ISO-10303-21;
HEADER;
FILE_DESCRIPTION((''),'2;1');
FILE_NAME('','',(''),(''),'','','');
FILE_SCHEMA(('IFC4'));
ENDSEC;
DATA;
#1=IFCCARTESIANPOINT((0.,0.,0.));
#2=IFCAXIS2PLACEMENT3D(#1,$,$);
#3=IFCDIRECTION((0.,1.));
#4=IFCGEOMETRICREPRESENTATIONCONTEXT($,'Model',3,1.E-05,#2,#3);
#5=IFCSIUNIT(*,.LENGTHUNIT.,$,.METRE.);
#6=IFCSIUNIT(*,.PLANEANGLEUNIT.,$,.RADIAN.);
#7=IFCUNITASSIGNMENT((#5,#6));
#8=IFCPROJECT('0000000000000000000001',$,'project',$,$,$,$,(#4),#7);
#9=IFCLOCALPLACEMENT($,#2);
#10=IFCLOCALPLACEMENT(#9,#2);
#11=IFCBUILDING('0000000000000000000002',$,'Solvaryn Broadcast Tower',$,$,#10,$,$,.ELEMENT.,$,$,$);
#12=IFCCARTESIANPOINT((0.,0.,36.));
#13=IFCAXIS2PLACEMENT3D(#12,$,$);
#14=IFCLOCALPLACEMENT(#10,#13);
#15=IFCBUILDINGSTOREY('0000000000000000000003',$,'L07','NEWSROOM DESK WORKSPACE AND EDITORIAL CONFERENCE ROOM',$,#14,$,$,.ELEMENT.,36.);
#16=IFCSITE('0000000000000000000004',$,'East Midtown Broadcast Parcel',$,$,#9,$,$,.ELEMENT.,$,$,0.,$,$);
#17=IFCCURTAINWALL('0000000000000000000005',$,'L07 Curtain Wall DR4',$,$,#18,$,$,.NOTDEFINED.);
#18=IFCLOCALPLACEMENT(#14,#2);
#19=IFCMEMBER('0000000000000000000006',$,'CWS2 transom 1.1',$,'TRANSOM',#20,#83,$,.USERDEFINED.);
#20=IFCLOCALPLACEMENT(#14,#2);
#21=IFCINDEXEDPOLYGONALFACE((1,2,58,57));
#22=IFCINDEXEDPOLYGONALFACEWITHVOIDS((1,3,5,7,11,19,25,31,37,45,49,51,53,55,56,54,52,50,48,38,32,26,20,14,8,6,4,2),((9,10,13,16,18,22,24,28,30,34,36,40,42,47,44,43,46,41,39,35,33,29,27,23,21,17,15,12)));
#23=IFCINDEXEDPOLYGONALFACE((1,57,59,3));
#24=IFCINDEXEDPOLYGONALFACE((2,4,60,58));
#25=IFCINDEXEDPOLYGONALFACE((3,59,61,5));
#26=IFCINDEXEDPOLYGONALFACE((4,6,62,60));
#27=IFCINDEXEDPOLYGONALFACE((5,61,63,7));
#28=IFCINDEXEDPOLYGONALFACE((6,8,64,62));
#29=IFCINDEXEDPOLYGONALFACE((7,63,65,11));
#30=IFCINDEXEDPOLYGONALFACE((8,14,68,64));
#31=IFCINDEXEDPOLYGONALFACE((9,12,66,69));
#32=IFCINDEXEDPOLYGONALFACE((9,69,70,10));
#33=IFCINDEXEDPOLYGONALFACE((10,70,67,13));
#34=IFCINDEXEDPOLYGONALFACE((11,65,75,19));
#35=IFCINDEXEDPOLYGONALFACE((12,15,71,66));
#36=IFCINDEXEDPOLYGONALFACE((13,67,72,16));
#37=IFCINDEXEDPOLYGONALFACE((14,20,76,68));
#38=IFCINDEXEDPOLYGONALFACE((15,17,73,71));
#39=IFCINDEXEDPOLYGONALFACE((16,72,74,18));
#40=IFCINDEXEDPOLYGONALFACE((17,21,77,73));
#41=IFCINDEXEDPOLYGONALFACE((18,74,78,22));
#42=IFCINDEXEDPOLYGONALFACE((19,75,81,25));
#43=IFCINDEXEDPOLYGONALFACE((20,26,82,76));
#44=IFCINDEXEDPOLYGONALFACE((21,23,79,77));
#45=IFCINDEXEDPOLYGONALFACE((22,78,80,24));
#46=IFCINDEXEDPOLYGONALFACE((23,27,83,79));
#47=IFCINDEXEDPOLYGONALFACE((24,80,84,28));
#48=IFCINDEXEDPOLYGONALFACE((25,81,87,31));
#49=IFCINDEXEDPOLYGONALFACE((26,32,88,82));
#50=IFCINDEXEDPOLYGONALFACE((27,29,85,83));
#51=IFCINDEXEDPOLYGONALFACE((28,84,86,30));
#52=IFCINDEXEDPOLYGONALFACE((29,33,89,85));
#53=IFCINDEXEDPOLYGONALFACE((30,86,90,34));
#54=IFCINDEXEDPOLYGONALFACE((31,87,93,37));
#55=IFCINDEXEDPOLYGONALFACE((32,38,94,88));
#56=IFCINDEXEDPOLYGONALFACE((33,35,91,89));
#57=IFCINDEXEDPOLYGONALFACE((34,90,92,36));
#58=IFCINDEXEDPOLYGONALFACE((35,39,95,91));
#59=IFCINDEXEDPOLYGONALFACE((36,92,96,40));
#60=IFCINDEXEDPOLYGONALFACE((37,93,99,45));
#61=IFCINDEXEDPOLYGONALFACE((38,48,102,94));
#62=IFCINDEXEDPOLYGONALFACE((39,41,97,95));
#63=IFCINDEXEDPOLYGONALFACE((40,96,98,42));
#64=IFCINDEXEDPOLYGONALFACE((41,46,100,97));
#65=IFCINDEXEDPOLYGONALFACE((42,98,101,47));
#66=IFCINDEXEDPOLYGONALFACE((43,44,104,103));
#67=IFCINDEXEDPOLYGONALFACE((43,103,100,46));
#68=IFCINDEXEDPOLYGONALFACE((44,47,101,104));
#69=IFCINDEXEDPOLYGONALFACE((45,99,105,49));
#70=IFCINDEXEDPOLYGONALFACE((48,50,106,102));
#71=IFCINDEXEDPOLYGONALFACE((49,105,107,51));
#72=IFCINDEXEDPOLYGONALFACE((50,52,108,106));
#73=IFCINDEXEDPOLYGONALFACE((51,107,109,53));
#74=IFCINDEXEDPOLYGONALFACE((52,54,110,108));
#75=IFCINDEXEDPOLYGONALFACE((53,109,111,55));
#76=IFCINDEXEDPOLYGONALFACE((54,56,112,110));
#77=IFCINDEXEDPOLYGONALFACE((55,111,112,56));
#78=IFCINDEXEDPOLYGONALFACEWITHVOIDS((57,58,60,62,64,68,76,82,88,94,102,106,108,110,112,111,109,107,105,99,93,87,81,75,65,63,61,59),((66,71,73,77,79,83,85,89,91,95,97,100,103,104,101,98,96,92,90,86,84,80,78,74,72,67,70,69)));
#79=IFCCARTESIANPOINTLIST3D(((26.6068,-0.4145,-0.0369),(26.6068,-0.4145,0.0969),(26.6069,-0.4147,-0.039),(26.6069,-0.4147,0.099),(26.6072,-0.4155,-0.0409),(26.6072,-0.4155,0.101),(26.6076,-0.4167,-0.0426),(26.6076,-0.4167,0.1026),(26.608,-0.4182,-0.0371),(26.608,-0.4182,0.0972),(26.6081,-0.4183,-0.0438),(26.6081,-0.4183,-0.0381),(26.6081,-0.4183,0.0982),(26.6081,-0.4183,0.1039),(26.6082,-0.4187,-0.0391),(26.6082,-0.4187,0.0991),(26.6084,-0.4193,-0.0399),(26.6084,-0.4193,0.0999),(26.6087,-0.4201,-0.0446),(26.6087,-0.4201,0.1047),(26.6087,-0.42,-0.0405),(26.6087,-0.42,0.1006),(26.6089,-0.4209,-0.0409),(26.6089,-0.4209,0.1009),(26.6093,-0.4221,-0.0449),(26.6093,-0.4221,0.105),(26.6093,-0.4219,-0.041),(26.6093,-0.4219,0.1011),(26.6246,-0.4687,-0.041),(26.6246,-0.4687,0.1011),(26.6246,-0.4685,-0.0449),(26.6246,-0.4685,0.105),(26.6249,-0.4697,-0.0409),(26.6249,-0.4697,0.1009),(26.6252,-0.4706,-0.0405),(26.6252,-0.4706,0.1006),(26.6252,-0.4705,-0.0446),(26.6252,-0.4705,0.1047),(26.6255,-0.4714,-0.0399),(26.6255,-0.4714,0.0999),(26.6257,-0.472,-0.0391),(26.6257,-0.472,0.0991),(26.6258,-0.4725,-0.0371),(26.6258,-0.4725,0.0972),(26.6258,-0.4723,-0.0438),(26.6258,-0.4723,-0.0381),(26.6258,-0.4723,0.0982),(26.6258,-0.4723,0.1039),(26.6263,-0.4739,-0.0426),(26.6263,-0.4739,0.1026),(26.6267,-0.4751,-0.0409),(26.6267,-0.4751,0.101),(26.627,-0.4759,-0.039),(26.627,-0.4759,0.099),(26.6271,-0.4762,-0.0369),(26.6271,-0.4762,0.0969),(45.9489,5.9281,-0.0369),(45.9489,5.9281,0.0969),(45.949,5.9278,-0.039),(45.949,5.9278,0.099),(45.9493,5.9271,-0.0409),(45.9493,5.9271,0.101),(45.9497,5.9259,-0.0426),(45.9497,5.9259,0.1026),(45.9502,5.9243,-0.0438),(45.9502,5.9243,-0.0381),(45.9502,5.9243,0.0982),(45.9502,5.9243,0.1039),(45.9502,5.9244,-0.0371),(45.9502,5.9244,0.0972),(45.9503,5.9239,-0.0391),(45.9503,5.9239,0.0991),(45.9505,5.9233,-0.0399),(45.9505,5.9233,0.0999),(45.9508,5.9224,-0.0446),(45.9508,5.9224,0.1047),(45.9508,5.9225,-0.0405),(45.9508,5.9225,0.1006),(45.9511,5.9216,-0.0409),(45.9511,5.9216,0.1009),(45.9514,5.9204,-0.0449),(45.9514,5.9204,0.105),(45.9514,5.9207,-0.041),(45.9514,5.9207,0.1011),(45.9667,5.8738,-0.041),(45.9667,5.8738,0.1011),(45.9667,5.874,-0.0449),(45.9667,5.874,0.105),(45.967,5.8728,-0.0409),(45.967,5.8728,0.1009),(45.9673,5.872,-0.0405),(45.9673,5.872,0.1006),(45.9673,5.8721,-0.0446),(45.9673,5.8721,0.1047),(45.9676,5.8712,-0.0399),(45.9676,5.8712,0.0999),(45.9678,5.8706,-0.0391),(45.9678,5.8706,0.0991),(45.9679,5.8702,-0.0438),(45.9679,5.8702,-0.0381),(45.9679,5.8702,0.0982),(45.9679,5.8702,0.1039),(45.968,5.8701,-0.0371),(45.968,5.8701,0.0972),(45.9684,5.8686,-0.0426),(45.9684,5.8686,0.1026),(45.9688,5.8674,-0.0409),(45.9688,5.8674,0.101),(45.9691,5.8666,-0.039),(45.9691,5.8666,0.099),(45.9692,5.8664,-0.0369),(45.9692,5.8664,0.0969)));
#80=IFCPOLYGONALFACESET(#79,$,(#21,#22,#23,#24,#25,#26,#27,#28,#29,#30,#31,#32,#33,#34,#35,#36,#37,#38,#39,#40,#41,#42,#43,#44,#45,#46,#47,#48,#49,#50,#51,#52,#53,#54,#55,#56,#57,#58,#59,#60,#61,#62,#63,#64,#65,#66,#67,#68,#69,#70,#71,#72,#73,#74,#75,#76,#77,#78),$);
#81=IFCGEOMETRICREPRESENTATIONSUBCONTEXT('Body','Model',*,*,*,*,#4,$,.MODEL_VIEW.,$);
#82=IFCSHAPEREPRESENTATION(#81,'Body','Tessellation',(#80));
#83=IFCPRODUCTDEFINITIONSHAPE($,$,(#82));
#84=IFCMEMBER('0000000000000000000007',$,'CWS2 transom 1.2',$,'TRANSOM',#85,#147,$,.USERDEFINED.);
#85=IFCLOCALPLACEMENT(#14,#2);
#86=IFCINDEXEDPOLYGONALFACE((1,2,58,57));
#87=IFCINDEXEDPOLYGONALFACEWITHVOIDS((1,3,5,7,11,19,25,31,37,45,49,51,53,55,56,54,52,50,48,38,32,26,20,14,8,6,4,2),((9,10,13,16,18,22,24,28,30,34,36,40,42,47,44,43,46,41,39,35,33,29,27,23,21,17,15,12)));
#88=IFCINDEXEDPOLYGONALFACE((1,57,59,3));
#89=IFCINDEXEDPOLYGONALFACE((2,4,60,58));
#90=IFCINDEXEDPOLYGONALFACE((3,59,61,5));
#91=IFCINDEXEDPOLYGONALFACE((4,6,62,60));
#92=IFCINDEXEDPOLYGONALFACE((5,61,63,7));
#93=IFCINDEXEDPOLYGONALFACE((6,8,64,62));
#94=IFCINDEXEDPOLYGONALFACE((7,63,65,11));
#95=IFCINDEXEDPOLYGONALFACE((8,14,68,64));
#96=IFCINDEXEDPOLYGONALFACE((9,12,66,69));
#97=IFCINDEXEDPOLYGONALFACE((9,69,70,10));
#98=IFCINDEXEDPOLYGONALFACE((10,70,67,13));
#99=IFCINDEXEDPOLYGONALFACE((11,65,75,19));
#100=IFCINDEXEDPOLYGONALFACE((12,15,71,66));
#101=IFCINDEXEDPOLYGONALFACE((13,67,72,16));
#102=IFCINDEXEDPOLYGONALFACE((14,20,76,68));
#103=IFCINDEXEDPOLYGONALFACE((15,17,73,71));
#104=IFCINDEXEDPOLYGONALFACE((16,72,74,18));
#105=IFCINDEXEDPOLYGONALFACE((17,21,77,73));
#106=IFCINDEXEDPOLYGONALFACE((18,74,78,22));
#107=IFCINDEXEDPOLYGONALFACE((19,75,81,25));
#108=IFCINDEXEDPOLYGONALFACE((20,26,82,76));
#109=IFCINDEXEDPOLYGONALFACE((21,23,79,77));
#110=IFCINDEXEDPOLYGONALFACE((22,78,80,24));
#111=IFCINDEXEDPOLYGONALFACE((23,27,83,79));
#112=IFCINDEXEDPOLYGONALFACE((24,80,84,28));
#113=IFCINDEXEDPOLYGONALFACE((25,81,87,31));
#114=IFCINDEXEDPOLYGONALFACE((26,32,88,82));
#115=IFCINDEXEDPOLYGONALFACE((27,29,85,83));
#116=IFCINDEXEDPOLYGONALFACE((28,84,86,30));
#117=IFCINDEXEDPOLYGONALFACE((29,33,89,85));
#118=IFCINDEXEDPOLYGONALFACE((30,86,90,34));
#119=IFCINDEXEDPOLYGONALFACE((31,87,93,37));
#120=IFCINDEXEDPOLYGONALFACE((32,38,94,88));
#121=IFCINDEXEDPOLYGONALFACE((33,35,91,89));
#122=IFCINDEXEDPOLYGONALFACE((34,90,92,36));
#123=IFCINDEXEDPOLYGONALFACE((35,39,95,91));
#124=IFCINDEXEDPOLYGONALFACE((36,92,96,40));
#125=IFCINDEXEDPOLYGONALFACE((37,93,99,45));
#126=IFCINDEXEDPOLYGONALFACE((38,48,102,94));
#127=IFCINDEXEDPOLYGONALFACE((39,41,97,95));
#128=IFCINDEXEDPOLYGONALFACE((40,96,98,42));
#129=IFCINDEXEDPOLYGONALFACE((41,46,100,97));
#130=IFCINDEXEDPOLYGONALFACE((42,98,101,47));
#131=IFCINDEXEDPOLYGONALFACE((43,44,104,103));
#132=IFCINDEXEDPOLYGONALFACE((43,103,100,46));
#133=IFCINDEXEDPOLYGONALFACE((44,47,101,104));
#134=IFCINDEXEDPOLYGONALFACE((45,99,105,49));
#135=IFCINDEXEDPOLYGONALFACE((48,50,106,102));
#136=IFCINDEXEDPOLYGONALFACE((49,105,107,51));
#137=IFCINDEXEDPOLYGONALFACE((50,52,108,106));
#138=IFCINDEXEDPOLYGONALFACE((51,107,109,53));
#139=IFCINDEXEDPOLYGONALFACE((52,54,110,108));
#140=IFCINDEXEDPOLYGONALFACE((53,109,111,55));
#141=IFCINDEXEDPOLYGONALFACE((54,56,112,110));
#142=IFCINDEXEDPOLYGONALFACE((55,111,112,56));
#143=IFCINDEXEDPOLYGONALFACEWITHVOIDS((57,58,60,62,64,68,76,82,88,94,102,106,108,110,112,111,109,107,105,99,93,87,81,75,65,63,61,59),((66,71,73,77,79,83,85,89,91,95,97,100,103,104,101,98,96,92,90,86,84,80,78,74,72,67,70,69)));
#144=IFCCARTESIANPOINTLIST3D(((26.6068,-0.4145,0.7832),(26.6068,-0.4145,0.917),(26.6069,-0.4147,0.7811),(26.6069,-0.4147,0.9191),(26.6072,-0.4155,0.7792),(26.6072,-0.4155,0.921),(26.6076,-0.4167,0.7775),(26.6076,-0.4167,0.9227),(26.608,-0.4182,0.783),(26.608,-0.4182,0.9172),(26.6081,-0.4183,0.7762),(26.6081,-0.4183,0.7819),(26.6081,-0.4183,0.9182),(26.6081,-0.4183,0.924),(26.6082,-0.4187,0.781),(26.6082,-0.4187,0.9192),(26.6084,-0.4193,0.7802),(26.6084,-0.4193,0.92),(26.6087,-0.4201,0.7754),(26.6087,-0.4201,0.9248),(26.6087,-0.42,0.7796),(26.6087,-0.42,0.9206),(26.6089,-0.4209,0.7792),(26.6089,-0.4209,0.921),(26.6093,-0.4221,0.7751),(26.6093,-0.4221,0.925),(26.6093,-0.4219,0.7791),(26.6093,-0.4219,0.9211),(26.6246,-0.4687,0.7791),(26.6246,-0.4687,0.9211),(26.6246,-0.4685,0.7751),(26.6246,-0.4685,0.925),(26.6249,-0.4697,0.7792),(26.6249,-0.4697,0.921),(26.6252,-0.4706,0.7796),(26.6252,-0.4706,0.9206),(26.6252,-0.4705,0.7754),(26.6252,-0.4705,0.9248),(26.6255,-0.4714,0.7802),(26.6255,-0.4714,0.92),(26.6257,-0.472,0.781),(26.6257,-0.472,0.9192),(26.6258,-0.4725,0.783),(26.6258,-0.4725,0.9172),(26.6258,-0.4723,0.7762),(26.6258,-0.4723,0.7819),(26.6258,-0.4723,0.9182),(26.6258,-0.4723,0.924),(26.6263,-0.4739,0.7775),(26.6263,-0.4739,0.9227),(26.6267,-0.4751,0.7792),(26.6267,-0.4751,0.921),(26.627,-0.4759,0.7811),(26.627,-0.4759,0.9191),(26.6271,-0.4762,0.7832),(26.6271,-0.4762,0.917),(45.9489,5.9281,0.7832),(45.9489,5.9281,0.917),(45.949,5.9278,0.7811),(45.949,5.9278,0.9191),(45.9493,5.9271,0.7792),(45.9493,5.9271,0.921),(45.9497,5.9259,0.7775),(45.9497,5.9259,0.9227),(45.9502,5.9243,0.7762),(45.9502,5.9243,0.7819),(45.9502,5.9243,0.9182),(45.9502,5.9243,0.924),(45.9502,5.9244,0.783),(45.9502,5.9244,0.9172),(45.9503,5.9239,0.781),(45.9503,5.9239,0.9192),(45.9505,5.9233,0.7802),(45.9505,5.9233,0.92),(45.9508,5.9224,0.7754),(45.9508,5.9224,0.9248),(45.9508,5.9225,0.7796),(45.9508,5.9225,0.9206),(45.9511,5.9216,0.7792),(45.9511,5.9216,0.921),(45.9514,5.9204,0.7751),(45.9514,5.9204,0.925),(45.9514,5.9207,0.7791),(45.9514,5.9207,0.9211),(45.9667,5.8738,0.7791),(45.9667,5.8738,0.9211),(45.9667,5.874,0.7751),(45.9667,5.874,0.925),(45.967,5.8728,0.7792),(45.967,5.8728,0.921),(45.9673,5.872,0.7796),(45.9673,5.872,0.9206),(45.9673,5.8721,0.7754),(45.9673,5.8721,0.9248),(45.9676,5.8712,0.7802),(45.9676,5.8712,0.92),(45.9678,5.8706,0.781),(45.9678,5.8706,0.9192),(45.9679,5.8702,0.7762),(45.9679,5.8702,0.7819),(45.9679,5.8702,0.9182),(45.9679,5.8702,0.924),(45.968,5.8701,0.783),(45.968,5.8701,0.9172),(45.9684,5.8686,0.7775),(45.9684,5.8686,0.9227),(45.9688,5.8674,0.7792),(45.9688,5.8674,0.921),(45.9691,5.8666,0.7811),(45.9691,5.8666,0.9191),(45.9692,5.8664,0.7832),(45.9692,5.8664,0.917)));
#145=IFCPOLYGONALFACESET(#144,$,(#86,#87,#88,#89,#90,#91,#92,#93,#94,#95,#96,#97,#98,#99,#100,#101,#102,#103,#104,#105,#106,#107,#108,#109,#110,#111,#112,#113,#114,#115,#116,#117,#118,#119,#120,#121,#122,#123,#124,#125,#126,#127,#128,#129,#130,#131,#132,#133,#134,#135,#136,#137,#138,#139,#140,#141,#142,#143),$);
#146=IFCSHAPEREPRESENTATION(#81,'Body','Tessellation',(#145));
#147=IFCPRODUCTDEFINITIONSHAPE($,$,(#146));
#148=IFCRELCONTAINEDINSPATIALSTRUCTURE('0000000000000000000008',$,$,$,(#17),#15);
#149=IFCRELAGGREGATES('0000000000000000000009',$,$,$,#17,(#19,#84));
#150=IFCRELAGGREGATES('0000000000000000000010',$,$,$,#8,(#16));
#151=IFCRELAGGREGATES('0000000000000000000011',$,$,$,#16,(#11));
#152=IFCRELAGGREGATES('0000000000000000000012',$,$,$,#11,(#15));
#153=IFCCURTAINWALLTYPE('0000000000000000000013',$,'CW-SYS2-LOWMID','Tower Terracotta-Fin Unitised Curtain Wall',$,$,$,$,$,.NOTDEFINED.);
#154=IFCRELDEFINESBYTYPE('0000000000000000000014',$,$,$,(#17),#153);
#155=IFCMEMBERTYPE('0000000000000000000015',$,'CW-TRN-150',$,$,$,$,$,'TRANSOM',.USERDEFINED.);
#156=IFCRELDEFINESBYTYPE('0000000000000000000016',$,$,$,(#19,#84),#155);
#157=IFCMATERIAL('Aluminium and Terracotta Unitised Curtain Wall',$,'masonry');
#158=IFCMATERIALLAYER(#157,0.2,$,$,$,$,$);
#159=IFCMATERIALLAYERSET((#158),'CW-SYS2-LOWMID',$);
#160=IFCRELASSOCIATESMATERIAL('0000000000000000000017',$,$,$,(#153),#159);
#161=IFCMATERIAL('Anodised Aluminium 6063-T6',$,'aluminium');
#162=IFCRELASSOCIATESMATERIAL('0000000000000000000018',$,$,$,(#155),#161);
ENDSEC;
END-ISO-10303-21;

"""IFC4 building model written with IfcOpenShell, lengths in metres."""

from ifc_helpers import new_model, si_unit, direction, frame, origin, origin_2d, place, context, subcontext, project, spatial, hollow_rectangle, extrude, material, layer, layer_set, material_profile, profile_set, type_object, element, aggregate, save


model = new_model("IFC4")

# Units and contexts
model_context = context("Model", 3, precision=1e-05, world=origin(), true_north=direction((0.0, 1.0)))
body_context = subcontext(model_context, "Body", "Model", "MODEL_VIEW")
ifc_project = project(units=[si_unit("LENGTHUNIT", "METRE"), si_unit("PLANEANGLEUNIT", "RADIAN")], contexts=[model_context])

# Site, building, storey
site_placement = place(None, origin())
site = spatial("IfcSite", under=ifc_project, at=site_placement, Name="East Midtown Broadcast Parcel", CompositionType="ELEMENT", RefElevation=0.0)
building_placement = place(site_placement, origin())
building = spatial("IfcBuilding", under=site, at=building_placement, Name="Solvaryn Broadcast Tower", CompositionType="ELEMENT")
storey_placement = place(building_placement, frame((0.0, 0.0, 36.0)))
storey = spatial("IfcBuildingStorey", under=building, at=storey_placement, Name="L07", Description="NEWSROOM DESK WORKSPACE AND EDITORIAL CONFERENCE ROOM", CompositionType="ELEMENT", Elevation=36.0)

# Shared definitions
ifc_material_1 = material(Name="Aluminium and Terracotta Unitised Curtain Wall", Category="masonry")
ifc_layer_1 = layer(ifc_material_1, 0.2)
ifc_layer_set_1 = layer_set([ifc_layer_1], Name="CW-SYS2-LOWMID")
curtain_wall_type = type_object("IfcCurtainWallType", Name="CW-SYS2-LOWMID", Description="Tower Terracotta-Fin Unitised Curtain Wall", PredefinedType="NOTDEFINED", material=ifc_layer_set_1)

# Curtain wall, members
curtain_wall_1_placement = place(storey_placement, origin())
curtain_wall_1 = element("IfcCurtainWall", 1, at=curtain_wall_1_placement, inside=storey, type_object=curtain_wall_type, Name="L07 Curtain Wall DR4", PredefinedType="NOTDEFINED")
ifc_material_2 = material(Name="Anodised Aluminium 6063-T6", Category="aluminium")
ifc_material_profile_1 = material_profile(ifc_material_2, hollow_rectangle(XDim=0.0649, YDim=0.1499, WallThickness=0.0039, InnerFilletRadius=0.0039, OuterFilletRadius=0.0081, at=origin_2d()))
ifc_profile_set_1 = profile_set([ifc_material_profile_1], Name="Anodised Aluminium 6063-T6")
member_type_1 = type_object("IfcMemberType", Name="CW-TRN-150", ElementType="TRANSOM", PredefinedType="USERDEFINED", material=ifc_profile_set_1)
member_1_placement = place(storey_placement, frame((26.6169, -0.4453, 0.03), z_axis=(0.950217, 0.31159, 0.0), x_axis=(-0.31159, 0.950217, 0.0)))
member_1 = element("IfcMember", 2, at=member_1_placement, type_object=member_type_1, Name="CWS2 transom 1.1", ObjectType="TRANSOM", PredefinedType="USERDEFINED", context=body_context, shape_type="SweptSolid", body=[
    extrude(hollow_rectangle(XDim=0.0649, YDim=0.1499, WallThickness=0.0039, InnerFilletRadius=0.0039, OuterFilletRadius=0.0081, at=origin_2d()), origin(), (0.0, 0.0, 1.0), 20.3555),
])
member_2_placement = place(storey_placement, frame((26.6169, -0.4453, 0.8501), z_axis=(0.950217, 0.31159, 0.0), x_axis=(-0.31159, 0.950217, 0.0)))
member_2 = element("IfcMember", 3, at=member_2_placement, type_object=member_type_1, Name="CWS2 transom 1.2", ObjectType="TRANSOM", PredefinedType="USERDEFINED", context=body_context, shape_type="SweptSolid", body=[
    extrude(hollow_rectangle(XDim=0.0649, YDim=0.1499, WallThickness=0.0039, InnerFilletRadius=0.0039, OuterFilletRadius=0.0081, at=origin_2d()), origin(), (0.0, 0.0, 1.0), 20.3555),
])
aggregate(curtain_wall_1, [member_1, member_2])

save(model, "model.ifc")
